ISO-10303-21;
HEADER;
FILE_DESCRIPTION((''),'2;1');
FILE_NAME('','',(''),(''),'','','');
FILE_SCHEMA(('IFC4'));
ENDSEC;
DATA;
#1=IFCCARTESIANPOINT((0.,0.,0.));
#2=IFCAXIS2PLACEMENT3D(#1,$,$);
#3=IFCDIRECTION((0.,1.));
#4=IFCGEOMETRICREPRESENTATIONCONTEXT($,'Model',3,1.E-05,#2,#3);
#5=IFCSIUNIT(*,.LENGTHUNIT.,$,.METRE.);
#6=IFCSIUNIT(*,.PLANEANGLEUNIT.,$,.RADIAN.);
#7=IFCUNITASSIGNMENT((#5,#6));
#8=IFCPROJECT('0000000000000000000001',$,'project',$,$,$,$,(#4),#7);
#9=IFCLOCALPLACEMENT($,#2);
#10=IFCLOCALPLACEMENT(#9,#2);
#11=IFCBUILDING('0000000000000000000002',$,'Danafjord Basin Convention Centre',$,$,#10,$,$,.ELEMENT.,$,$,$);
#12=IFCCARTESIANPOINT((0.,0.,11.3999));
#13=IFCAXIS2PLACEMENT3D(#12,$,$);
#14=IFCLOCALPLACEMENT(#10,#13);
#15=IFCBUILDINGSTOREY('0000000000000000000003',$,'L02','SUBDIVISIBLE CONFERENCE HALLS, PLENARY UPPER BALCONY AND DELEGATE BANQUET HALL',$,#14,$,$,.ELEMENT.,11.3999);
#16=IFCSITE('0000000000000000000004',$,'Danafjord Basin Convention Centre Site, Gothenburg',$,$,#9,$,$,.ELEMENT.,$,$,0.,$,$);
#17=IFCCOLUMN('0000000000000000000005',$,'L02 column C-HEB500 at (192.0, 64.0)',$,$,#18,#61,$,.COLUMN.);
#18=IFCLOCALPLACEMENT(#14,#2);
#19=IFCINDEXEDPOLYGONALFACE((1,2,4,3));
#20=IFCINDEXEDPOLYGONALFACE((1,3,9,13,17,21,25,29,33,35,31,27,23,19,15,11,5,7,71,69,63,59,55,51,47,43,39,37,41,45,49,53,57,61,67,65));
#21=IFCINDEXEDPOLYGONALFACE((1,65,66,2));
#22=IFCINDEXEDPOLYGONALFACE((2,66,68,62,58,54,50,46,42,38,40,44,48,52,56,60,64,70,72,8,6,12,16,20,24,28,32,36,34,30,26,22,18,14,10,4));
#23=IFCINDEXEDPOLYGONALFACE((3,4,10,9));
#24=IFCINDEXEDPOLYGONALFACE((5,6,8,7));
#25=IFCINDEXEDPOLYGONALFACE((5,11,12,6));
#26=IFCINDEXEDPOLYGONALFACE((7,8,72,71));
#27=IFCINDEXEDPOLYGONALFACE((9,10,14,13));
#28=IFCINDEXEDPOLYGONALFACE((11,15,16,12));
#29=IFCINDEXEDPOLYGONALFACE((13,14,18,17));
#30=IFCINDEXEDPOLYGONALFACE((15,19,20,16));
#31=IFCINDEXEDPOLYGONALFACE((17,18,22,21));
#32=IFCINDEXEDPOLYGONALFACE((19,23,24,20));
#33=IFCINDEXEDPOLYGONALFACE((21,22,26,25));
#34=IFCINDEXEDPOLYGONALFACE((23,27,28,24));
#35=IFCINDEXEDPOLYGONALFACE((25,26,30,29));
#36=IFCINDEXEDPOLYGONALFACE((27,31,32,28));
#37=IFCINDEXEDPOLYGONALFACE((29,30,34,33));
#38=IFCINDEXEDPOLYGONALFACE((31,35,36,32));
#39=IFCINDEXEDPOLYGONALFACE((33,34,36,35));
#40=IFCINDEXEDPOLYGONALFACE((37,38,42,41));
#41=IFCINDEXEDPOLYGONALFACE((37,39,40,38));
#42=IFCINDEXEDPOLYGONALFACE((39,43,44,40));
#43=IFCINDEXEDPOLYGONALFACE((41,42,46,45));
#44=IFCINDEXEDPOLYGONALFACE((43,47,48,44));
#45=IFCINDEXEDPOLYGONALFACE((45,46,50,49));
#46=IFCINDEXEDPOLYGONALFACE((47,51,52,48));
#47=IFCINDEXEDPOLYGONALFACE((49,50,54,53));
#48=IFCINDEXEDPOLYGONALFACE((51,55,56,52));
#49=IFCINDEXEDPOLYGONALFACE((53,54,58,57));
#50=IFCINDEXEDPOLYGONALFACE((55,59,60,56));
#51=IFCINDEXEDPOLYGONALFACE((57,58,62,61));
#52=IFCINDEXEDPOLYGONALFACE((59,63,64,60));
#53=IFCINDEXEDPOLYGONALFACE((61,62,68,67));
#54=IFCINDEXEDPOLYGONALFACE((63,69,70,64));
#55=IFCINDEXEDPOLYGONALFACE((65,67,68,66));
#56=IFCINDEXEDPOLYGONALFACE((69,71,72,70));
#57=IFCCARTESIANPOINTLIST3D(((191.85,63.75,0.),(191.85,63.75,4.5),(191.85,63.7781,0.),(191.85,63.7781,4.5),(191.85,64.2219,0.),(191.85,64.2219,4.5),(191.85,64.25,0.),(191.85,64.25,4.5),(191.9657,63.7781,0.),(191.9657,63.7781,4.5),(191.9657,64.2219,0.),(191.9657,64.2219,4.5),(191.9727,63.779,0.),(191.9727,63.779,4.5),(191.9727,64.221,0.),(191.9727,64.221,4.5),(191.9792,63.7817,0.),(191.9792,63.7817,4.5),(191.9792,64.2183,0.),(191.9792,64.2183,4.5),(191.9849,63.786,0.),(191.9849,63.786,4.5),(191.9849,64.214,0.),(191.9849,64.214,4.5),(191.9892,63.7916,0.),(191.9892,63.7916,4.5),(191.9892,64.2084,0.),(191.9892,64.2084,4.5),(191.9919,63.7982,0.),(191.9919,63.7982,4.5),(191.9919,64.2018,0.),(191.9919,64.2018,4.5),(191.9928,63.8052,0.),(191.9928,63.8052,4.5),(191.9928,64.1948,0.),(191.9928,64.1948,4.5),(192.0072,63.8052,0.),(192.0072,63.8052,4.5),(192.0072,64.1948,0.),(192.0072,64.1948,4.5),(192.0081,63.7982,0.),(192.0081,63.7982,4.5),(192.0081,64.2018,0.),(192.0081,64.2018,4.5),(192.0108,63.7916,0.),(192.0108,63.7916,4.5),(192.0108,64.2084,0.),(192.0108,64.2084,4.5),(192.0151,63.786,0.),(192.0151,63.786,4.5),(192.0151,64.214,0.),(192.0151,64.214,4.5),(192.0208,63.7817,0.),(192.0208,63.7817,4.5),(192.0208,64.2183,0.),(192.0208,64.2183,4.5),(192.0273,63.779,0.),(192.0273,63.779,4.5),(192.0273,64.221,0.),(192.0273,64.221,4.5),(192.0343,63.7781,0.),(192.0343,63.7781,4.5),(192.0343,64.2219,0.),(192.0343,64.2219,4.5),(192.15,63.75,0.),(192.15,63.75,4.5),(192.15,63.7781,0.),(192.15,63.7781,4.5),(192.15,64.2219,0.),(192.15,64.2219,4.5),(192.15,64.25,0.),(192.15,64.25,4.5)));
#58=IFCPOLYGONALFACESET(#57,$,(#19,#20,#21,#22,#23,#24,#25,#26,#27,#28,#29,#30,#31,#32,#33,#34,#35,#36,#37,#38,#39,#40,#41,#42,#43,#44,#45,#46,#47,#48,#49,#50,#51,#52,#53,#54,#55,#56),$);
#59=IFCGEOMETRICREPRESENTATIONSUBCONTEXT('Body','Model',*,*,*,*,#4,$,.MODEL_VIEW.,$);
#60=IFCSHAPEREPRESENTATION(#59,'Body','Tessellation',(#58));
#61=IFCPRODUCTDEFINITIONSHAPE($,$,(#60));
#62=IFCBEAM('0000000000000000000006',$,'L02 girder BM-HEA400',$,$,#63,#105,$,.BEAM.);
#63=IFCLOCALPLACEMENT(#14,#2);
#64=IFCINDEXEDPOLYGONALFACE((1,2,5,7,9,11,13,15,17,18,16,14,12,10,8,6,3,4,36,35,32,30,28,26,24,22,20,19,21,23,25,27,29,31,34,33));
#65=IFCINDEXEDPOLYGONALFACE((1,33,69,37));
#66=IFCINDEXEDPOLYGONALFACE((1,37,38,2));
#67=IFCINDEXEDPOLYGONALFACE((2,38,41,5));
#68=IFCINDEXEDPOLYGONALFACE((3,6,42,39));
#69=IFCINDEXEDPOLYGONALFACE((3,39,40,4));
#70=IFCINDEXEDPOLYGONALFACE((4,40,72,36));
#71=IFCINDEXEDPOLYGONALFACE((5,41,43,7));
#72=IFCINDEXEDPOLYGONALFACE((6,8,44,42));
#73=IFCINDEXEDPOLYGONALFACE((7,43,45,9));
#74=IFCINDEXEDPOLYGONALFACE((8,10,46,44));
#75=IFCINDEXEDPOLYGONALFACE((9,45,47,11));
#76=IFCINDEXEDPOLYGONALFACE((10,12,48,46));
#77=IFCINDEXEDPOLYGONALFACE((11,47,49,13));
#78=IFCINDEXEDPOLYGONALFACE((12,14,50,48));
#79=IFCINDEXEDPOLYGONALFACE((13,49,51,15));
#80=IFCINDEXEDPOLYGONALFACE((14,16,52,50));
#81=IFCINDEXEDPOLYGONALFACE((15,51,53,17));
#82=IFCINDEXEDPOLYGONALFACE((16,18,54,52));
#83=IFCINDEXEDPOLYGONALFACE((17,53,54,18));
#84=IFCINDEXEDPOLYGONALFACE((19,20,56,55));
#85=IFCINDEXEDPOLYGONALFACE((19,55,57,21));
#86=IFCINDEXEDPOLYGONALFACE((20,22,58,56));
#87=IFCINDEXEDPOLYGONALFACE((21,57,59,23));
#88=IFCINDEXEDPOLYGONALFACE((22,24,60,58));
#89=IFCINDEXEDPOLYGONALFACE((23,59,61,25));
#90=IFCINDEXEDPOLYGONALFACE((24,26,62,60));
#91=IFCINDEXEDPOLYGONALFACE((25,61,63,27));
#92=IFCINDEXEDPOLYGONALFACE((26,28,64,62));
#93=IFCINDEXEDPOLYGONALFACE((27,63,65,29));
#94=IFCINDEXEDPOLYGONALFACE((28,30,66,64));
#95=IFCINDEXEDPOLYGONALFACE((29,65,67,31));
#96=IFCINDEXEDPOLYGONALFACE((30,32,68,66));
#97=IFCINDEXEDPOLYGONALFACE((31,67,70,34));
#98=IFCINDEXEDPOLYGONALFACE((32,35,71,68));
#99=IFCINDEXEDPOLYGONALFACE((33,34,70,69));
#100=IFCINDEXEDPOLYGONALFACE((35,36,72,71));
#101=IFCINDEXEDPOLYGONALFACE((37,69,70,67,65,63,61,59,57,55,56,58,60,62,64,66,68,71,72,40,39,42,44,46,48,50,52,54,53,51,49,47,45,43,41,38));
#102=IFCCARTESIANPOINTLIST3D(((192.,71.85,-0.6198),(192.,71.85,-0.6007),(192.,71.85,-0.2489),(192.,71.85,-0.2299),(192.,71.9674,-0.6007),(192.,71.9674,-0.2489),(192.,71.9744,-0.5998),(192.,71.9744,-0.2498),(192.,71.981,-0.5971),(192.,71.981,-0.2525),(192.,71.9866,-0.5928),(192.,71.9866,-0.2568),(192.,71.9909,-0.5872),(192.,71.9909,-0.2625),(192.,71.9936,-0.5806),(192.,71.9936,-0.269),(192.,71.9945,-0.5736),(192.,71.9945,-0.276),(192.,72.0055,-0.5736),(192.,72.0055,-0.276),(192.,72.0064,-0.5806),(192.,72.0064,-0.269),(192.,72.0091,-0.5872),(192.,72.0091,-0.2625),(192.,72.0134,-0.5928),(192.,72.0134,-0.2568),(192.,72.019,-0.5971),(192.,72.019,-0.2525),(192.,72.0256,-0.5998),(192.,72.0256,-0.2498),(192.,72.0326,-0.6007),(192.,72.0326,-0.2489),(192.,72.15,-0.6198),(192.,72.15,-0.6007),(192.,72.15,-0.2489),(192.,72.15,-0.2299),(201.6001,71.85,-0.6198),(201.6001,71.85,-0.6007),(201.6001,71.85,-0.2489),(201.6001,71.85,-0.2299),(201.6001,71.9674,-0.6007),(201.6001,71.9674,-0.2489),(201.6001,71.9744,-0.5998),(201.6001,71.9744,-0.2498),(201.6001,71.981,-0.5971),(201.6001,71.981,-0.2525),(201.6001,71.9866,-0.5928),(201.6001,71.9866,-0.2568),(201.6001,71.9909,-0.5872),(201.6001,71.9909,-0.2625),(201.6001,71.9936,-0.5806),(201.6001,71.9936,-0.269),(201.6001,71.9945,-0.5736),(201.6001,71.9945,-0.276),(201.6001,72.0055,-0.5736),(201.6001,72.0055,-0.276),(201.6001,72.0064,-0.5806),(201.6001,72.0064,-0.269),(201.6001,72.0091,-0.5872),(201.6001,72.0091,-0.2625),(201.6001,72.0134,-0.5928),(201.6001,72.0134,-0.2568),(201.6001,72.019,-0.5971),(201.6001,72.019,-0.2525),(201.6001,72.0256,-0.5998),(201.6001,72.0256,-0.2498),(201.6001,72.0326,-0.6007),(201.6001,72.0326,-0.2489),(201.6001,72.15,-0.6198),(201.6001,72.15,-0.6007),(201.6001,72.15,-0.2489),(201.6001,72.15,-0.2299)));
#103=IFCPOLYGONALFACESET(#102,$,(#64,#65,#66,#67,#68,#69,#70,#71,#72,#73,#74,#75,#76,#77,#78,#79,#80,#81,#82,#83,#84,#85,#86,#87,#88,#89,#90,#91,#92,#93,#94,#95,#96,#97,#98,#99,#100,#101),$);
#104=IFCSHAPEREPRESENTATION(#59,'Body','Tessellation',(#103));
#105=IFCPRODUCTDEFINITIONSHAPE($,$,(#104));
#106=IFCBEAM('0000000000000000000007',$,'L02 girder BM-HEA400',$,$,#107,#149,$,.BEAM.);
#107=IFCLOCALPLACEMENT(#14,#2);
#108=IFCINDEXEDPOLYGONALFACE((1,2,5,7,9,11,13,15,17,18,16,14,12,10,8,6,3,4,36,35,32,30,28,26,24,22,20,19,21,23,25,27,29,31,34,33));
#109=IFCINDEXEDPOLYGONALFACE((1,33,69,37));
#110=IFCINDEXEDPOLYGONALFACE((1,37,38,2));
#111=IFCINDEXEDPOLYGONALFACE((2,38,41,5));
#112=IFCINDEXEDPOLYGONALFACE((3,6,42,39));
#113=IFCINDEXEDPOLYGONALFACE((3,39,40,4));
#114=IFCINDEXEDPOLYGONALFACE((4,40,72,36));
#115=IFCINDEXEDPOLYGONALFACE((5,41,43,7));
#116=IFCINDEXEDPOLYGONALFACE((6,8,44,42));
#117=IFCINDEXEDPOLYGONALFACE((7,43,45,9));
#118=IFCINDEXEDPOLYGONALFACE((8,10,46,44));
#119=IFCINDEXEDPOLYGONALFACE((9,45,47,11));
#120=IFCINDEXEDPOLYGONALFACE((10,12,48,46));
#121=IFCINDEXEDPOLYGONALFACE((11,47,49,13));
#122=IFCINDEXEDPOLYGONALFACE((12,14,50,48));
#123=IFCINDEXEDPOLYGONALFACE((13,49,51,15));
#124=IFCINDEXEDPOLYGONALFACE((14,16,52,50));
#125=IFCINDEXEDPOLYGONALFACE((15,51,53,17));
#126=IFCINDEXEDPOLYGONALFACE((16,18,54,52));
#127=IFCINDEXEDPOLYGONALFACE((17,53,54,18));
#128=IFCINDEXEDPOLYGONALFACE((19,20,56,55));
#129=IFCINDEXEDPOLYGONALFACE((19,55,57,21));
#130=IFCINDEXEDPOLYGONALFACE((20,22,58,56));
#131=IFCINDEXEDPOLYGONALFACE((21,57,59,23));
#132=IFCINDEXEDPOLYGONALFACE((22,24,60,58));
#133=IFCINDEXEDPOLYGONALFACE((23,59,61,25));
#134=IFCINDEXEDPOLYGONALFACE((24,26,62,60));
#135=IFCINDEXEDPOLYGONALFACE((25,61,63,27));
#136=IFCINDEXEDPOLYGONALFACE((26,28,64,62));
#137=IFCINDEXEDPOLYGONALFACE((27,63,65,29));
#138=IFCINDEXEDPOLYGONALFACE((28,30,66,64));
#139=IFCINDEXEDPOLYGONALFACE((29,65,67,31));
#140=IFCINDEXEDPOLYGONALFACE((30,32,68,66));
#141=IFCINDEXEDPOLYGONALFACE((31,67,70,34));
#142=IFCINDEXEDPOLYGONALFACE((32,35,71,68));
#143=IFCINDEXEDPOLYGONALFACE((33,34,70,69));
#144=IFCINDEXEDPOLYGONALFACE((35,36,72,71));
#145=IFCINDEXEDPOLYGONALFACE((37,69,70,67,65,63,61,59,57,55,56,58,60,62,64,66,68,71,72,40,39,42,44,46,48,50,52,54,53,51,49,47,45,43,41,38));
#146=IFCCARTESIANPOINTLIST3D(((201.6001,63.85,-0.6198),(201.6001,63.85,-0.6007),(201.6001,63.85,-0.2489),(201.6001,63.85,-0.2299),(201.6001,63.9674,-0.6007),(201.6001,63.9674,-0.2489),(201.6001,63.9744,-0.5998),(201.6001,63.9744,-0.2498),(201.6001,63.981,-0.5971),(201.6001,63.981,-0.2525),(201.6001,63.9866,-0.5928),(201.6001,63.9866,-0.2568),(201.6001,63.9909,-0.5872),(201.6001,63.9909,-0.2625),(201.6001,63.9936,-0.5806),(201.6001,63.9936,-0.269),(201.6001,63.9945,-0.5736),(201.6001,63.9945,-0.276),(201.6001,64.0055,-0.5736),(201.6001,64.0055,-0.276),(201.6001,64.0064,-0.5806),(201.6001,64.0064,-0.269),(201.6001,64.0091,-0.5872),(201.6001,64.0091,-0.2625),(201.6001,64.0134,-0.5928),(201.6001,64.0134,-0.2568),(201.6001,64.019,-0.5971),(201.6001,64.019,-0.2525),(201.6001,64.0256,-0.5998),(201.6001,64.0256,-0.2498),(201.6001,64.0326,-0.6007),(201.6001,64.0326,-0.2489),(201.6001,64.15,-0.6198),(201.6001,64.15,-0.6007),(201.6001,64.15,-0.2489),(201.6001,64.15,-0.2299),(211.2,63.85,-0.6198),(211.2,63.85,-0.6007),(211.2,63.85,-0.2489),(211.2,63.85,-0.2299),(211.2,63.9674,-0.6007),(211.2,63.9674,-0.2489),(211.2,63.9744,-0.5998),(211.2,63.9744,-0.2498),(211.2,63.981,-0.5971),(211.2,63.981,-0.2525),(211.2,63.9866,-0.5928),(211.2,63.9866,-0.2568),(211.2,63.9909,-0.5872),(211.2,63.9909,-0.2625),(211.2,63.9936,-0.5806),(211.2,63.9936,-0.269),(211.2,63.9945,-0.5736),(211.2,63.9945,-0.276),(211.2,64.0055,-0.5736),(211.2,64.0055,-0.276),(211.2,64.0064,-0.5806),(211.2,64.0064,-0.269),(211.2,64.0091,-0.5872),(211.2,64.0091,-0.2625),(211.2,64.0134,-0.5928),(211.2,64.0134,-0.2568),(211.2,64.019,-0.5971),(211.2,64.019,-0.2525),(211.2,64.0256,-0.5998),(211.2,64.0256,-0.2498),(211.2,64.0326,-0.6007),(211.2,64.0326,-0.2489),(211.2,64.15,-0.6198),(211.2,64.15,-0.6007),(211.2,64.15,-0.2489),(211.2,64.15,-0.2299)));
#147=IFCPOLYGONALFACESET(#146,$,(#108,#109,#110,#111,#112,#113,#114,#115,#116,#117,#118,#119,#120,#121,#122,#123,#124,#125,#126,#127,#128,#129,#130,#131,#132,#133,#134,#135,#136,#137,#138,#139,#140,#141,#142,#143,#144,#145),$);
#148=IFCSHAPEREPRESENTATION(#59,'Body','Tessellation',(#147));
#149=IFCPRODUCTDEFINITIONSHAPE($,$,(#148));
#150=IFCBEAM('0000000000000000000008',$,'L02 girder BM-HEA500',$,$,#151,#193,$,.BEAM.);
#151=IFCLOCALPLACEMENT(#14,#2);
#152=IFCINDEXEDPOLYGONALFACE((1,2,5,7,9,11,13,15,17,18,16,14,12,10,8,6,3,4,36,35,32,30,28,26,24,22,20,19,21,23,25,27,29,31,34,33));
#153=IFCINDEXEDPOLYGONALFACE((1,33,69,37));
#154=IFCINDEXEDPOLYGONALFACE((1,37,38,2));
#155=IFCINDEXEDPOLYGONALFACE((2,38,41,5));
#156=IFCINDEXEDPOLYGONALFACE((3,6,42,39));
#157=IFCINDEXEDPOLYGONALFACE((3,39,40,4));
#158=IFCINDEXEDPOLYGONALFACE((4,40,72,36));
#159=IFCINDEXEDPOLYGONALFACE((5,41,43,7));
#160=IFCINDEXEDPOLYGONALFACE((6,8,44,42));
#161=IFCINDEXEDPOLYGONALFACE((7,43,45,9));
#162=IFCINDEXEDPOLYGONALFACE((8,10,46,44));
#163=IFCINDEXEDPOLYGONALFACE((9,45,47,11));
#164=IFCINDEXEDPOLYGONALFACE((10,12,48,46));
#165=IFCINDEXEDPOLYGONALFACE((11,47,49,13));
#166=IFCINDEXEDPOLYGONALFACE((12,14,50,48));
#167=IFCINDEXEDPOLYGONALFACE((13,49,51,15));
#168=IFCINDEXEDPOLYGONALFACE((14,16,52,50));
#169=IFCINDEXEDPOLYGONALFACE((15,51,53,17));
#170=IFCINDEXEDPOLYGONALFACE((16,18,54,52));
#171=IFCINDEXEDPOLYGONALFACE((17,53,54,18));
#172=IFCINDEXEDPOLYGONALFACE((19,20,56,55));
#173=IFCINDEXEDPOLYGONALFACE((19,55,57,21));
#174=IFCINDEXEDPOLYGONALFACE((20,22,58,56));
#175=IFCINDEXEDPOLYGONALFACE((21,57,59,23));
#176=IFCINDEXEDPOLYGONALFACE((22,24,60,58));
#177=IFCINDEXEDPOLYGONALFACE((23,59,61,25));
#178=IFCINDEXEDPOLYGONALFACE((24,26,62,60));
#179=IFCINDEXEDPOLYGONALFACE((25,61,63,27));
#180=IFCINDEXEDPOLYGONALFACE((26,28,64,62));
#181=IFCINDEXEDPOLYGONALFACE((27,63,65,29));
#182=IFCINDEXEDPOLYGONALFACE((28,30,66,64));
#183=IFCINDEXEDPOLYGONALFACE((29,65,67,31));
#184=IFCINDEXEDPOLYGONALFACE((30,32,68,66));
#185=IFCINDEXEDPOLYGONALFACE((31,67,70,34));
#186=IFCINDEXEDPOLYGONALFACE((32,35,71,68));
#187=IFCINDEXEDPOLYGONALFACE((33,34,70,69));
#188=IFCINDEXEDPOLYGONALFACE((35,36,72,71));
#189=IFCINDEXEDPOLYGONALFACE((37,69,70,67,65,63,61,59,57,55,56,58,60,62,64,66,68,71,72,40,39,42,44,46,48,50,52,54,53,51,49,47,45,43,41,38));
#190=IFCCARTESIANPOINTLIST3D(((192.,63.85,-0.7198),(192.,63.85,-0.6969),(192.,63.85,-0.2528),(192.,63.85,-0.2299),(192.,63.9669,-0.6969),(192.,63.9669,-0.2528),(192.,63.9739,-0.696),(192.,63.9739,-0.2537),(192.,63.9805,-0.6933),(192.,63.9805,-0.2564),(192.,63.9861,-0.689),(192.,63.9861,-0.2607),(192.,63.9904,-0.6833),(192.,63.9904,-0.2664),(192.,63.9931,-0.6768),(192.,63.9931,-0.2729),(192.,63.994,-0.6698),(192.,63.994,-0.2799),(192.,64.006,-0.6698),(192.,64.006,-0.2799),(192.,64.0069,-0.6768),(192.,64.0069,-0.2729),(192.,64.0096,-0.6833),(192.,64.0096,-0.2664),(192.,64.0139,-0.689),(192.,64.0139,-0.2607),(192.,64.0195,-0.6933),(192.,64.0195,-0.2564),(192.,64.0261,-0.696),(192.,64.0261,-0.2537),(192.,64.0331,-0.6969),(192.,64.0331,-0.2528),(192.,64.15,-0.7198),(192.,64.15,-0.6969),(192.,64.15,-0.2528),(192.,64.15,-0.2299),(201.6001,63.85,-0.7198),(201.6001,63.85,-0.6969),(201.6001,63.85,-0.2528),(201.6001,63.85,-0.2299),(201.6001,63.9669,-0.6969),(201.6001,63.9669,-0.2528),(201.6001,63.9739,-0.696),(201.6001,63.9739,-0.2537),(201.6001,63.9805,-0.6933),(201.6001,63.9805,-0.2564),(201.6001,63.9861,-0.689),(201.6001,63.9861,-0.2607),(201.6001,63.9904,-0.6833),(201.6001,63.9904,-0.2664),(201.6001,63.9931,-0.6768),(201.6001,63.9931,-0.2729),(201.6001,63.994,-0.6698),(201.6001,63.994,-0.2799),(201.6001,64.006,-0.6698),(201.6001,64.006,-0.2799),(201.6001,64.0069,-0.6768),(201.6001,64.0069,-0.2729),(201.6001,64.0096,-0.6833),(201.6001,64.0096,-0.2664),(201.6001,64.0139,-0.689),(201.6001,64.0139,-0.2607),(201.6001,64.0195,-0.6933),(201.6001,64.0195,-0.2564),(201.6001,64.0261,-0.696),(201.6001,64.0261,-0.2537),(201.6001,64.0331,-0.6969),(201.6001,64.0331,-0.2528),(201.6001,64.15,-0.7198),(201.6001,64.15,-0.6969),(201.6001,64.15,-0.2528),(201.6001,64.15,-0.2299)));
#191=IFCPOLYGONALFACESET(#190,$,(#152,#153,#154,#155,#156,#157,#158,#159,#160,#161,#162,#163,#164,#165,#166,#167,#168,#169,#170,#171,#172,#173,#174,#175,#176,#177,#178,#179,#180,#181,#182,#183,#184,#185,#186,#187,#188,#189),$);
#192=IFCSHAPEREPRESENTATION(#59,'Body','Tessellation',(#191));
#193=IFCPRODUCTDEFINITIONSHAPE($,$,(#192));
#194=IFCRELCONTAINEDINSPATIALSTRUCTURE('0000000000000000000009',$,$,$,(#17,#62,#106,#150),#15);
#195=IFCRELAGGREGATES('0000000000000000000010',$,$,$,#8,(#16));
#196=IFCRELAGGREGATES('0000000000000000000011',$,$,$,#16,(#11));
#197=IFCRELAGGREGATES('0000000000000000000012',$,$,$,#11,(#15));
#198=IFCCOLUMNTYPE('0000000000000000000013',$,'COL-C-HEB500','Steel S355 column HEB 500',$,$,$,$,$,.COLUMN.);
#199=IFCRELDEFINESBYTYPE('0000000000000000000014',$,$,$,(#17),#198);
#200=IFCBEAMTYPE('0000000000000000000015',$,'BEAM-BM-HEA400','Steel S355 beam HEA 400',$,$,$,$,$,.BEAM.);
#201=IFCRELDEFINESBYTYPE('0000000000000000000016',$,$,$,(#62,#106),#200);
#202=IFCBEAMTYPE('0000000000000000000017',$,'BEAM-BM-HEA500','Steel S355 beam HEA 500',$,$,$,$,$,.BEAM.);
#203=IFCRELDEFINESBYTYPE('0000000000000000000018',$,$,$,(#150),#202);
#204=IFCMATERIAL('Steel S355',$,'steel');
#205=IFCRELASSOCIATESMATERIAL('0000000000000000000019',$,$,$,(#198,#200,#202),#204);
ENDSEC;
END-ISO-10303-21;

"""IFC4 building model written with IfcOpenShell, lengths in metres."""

from ifc_helpers import new_model, si_unit, direction, frame, origin, origin_2d, place, context, subcontext, project, spatial, i_section, extrude, material, material_profile, profile_set, type_object, element, save


model = new_model("IFC4")

# Units and contexts
model_context = context("Model", 3, precision=1e-05, world=origin(), true_north=direction((0.0, 1.0)))
body_context = subcontext(model_context, "Body", "Model", "MODEL_VIEW")
ifc_project = project(units=[si_unit("LENGTHUNIT", "METRE"), si_unit("PLANEANGLEUNIT", "RADIAN")], contexts=[model_context])

# Site, building, storey
site_placement = place(None, origin())
site = spatial("IfcSite", under=ifc_project, at=site_placement, Name="Danafjord Basin Convention Centre Site, Gothenburg", CompositionType="ELEMENT", RefElevation=0.0)
building_placement = place(site_placement, origin())
building = spatial("IfcBuilding", under=site, at=building_placement, Name="Danafjord Basin Convention Centre", CompositionType="ELEMENT")
storey_placement = place(building_placement, frame((0.0, 0.0, 11.3999)))
storey = spatial("IfcBuildingStorey", under=building, at=storey_placement, Name="L02", Description="SUBDIVISIBLE CONFERENCE HALLS, PLENARY UPPER BALCONY AND DELEGATE BANQUET HALL", CompositionType="ELEMENT", Elevation=11.3999)

# Column
ifc_material = material(Name="Steel S355", Category="steel")
ifc_material_profile_1 = material_profile(ifc_material, i_section(OverallWidth=0.3, OverallDepth=0.5, WebThickness=0.0144, FlangeThickness=0.0281, FilletRadius=0.0271, at=origin_2d()), Name="HEB 500")
ifc_profile_set_1 = profile_set([ifc_material_profile_1], Name="Steel S355")
column_type_1 = type_object("IfcColumnType", Name="COL-C-HEB500", Description="Steel S355 column HEB 500", PredefinedType="COLUMN", material=ifc_profile_set_1)
column_1_placement = place(storey_placement, frame((192.0, 64.0, 0.0), z_axis=(0.0, 0.0, 1.0), x_axis=(1.0, 0.0, 0.0)))
element("IfcColumn", 1, at=column_1_placement, inside=storey, type_object=column_type_1, Name="L02 column C-HEB500 at (192.0, 64.0)", PredefinedType="COLUMN", context=body_context, shape_type="SweptSolid", body=[
    extrude(i_section(OverallWidth=0.3, OverallDepth=0.5, WebThickness=0.0144, FlangeThickness=0.0281, FilletRadius=0.0271, at=origin_2d()), origin(), (0.0, 0.0, 1.0), 4.5),
])

# Beams
ifc_material_profile_2 = material_profile(ifc_material, i_section(OverallWidth=0.3, OverallDepth=0.3899, WebThickness=0.011, FlangeThickness=0.019, FilletRadius=0.0271, at=origin_2d()), Name="HEA 400")
ifc_profile_set_2 = profile_set([ifc_material_profile_2], Name="Steel S355")
beam_type_1 = type_object("IfcBeamType", Name="BEAM-BM-HEA400", Description="Steel S355 beam HEA 400", PredefinedType="BEAM", material=ifc_profile_set_2)
beam_1_placement = place(storey_placement, frame((192.0, 72.0, -0.4248), z_axis=(1.0, 0.0, 0.0), x_axis=(0.0, 1.0, 0.0)))
element("IfcBeam", 2, at=beam_1_placement, inside=storey, type_object=beam_type_1, Name="L02 girder BM-HEA400", PredefinedType="BEAM", context=body_context, shape_type="SweptSolid", body=[
    extrude(i_section(OverallWidth=0.3, OverallDepth=0.3899, WebThickness=0.011, FlangeThickness=0.019, FilletRadius=0.0271, at=origin_2d()), origin(), (0.0, 0.0, 1.0), 9.6001),
])
beam_2_placement = place(storey_placement, frame((201.6001, 64.0, -0.4248), z_axis=(1.0, 0.0, 0.0), x_axis=(0.0, 1.0, 0.0)))
element("IfcBeam", 3, at=beam_2_placement, inside=storey, type_object=beam_type_1, Name="L02 girder BM-HEA400", PredefinedType="BEAM", context=body_context, shape_type="SweptSolid", body=[
    extrude(i_section(OverallWidth=0.3, OverallDepth=0.3899, WebThickness=0.011, FlangeThickness=0.019, FilletRadius=0.0271, at=origin_2d()), origin(), (0.0, 0.0, 1.0), 9.5999),
])
ifc_material_profile_3 = material_profile(ifc_material, i_section(OverallWidth=0.3, OverallDepth=0.49, WebThickness=0.012, FlangeThickness=0.0229, FilletRadius=0.0271, at=origin_2d()), Name="HEA 500")
ifc_profile_set_3 = profile_set([ifc_material_profile_3], Name="Steel S355")
beam_type_2 = type_object("IfcBeamType", Name="BEAM-BM-HEA500", Description="Steel S355 beam HEA 500", PredefinedType="BEAM", material=ifc_profile_set_3)
beam_3_placement = place(storey_placement, frame((192.0, 64.0, -0.4749), z_axis=(1.0, 0.0, 0.0), x_axis=(0.0, 1.0, 0.0)))
element("IfcBeam", 4, at=beam_3_placement, inside=storey, type_object=beam_type_2, Name="L02 girder BM-HEA500", PredefinedType="BEAM", context=body_context, shape_type="SweptSolid", body=[
    extrude(i_section(OverallWidth=0.3, OverallDepth=0.49, WebThickness=0.012, FlangeThickness=0.0229, FilletRadius=0.0271, at=origin_2d()), origin(), (0.0, 0.0, 1.0), 9.6001),
])

save(model, "model.ifc")
